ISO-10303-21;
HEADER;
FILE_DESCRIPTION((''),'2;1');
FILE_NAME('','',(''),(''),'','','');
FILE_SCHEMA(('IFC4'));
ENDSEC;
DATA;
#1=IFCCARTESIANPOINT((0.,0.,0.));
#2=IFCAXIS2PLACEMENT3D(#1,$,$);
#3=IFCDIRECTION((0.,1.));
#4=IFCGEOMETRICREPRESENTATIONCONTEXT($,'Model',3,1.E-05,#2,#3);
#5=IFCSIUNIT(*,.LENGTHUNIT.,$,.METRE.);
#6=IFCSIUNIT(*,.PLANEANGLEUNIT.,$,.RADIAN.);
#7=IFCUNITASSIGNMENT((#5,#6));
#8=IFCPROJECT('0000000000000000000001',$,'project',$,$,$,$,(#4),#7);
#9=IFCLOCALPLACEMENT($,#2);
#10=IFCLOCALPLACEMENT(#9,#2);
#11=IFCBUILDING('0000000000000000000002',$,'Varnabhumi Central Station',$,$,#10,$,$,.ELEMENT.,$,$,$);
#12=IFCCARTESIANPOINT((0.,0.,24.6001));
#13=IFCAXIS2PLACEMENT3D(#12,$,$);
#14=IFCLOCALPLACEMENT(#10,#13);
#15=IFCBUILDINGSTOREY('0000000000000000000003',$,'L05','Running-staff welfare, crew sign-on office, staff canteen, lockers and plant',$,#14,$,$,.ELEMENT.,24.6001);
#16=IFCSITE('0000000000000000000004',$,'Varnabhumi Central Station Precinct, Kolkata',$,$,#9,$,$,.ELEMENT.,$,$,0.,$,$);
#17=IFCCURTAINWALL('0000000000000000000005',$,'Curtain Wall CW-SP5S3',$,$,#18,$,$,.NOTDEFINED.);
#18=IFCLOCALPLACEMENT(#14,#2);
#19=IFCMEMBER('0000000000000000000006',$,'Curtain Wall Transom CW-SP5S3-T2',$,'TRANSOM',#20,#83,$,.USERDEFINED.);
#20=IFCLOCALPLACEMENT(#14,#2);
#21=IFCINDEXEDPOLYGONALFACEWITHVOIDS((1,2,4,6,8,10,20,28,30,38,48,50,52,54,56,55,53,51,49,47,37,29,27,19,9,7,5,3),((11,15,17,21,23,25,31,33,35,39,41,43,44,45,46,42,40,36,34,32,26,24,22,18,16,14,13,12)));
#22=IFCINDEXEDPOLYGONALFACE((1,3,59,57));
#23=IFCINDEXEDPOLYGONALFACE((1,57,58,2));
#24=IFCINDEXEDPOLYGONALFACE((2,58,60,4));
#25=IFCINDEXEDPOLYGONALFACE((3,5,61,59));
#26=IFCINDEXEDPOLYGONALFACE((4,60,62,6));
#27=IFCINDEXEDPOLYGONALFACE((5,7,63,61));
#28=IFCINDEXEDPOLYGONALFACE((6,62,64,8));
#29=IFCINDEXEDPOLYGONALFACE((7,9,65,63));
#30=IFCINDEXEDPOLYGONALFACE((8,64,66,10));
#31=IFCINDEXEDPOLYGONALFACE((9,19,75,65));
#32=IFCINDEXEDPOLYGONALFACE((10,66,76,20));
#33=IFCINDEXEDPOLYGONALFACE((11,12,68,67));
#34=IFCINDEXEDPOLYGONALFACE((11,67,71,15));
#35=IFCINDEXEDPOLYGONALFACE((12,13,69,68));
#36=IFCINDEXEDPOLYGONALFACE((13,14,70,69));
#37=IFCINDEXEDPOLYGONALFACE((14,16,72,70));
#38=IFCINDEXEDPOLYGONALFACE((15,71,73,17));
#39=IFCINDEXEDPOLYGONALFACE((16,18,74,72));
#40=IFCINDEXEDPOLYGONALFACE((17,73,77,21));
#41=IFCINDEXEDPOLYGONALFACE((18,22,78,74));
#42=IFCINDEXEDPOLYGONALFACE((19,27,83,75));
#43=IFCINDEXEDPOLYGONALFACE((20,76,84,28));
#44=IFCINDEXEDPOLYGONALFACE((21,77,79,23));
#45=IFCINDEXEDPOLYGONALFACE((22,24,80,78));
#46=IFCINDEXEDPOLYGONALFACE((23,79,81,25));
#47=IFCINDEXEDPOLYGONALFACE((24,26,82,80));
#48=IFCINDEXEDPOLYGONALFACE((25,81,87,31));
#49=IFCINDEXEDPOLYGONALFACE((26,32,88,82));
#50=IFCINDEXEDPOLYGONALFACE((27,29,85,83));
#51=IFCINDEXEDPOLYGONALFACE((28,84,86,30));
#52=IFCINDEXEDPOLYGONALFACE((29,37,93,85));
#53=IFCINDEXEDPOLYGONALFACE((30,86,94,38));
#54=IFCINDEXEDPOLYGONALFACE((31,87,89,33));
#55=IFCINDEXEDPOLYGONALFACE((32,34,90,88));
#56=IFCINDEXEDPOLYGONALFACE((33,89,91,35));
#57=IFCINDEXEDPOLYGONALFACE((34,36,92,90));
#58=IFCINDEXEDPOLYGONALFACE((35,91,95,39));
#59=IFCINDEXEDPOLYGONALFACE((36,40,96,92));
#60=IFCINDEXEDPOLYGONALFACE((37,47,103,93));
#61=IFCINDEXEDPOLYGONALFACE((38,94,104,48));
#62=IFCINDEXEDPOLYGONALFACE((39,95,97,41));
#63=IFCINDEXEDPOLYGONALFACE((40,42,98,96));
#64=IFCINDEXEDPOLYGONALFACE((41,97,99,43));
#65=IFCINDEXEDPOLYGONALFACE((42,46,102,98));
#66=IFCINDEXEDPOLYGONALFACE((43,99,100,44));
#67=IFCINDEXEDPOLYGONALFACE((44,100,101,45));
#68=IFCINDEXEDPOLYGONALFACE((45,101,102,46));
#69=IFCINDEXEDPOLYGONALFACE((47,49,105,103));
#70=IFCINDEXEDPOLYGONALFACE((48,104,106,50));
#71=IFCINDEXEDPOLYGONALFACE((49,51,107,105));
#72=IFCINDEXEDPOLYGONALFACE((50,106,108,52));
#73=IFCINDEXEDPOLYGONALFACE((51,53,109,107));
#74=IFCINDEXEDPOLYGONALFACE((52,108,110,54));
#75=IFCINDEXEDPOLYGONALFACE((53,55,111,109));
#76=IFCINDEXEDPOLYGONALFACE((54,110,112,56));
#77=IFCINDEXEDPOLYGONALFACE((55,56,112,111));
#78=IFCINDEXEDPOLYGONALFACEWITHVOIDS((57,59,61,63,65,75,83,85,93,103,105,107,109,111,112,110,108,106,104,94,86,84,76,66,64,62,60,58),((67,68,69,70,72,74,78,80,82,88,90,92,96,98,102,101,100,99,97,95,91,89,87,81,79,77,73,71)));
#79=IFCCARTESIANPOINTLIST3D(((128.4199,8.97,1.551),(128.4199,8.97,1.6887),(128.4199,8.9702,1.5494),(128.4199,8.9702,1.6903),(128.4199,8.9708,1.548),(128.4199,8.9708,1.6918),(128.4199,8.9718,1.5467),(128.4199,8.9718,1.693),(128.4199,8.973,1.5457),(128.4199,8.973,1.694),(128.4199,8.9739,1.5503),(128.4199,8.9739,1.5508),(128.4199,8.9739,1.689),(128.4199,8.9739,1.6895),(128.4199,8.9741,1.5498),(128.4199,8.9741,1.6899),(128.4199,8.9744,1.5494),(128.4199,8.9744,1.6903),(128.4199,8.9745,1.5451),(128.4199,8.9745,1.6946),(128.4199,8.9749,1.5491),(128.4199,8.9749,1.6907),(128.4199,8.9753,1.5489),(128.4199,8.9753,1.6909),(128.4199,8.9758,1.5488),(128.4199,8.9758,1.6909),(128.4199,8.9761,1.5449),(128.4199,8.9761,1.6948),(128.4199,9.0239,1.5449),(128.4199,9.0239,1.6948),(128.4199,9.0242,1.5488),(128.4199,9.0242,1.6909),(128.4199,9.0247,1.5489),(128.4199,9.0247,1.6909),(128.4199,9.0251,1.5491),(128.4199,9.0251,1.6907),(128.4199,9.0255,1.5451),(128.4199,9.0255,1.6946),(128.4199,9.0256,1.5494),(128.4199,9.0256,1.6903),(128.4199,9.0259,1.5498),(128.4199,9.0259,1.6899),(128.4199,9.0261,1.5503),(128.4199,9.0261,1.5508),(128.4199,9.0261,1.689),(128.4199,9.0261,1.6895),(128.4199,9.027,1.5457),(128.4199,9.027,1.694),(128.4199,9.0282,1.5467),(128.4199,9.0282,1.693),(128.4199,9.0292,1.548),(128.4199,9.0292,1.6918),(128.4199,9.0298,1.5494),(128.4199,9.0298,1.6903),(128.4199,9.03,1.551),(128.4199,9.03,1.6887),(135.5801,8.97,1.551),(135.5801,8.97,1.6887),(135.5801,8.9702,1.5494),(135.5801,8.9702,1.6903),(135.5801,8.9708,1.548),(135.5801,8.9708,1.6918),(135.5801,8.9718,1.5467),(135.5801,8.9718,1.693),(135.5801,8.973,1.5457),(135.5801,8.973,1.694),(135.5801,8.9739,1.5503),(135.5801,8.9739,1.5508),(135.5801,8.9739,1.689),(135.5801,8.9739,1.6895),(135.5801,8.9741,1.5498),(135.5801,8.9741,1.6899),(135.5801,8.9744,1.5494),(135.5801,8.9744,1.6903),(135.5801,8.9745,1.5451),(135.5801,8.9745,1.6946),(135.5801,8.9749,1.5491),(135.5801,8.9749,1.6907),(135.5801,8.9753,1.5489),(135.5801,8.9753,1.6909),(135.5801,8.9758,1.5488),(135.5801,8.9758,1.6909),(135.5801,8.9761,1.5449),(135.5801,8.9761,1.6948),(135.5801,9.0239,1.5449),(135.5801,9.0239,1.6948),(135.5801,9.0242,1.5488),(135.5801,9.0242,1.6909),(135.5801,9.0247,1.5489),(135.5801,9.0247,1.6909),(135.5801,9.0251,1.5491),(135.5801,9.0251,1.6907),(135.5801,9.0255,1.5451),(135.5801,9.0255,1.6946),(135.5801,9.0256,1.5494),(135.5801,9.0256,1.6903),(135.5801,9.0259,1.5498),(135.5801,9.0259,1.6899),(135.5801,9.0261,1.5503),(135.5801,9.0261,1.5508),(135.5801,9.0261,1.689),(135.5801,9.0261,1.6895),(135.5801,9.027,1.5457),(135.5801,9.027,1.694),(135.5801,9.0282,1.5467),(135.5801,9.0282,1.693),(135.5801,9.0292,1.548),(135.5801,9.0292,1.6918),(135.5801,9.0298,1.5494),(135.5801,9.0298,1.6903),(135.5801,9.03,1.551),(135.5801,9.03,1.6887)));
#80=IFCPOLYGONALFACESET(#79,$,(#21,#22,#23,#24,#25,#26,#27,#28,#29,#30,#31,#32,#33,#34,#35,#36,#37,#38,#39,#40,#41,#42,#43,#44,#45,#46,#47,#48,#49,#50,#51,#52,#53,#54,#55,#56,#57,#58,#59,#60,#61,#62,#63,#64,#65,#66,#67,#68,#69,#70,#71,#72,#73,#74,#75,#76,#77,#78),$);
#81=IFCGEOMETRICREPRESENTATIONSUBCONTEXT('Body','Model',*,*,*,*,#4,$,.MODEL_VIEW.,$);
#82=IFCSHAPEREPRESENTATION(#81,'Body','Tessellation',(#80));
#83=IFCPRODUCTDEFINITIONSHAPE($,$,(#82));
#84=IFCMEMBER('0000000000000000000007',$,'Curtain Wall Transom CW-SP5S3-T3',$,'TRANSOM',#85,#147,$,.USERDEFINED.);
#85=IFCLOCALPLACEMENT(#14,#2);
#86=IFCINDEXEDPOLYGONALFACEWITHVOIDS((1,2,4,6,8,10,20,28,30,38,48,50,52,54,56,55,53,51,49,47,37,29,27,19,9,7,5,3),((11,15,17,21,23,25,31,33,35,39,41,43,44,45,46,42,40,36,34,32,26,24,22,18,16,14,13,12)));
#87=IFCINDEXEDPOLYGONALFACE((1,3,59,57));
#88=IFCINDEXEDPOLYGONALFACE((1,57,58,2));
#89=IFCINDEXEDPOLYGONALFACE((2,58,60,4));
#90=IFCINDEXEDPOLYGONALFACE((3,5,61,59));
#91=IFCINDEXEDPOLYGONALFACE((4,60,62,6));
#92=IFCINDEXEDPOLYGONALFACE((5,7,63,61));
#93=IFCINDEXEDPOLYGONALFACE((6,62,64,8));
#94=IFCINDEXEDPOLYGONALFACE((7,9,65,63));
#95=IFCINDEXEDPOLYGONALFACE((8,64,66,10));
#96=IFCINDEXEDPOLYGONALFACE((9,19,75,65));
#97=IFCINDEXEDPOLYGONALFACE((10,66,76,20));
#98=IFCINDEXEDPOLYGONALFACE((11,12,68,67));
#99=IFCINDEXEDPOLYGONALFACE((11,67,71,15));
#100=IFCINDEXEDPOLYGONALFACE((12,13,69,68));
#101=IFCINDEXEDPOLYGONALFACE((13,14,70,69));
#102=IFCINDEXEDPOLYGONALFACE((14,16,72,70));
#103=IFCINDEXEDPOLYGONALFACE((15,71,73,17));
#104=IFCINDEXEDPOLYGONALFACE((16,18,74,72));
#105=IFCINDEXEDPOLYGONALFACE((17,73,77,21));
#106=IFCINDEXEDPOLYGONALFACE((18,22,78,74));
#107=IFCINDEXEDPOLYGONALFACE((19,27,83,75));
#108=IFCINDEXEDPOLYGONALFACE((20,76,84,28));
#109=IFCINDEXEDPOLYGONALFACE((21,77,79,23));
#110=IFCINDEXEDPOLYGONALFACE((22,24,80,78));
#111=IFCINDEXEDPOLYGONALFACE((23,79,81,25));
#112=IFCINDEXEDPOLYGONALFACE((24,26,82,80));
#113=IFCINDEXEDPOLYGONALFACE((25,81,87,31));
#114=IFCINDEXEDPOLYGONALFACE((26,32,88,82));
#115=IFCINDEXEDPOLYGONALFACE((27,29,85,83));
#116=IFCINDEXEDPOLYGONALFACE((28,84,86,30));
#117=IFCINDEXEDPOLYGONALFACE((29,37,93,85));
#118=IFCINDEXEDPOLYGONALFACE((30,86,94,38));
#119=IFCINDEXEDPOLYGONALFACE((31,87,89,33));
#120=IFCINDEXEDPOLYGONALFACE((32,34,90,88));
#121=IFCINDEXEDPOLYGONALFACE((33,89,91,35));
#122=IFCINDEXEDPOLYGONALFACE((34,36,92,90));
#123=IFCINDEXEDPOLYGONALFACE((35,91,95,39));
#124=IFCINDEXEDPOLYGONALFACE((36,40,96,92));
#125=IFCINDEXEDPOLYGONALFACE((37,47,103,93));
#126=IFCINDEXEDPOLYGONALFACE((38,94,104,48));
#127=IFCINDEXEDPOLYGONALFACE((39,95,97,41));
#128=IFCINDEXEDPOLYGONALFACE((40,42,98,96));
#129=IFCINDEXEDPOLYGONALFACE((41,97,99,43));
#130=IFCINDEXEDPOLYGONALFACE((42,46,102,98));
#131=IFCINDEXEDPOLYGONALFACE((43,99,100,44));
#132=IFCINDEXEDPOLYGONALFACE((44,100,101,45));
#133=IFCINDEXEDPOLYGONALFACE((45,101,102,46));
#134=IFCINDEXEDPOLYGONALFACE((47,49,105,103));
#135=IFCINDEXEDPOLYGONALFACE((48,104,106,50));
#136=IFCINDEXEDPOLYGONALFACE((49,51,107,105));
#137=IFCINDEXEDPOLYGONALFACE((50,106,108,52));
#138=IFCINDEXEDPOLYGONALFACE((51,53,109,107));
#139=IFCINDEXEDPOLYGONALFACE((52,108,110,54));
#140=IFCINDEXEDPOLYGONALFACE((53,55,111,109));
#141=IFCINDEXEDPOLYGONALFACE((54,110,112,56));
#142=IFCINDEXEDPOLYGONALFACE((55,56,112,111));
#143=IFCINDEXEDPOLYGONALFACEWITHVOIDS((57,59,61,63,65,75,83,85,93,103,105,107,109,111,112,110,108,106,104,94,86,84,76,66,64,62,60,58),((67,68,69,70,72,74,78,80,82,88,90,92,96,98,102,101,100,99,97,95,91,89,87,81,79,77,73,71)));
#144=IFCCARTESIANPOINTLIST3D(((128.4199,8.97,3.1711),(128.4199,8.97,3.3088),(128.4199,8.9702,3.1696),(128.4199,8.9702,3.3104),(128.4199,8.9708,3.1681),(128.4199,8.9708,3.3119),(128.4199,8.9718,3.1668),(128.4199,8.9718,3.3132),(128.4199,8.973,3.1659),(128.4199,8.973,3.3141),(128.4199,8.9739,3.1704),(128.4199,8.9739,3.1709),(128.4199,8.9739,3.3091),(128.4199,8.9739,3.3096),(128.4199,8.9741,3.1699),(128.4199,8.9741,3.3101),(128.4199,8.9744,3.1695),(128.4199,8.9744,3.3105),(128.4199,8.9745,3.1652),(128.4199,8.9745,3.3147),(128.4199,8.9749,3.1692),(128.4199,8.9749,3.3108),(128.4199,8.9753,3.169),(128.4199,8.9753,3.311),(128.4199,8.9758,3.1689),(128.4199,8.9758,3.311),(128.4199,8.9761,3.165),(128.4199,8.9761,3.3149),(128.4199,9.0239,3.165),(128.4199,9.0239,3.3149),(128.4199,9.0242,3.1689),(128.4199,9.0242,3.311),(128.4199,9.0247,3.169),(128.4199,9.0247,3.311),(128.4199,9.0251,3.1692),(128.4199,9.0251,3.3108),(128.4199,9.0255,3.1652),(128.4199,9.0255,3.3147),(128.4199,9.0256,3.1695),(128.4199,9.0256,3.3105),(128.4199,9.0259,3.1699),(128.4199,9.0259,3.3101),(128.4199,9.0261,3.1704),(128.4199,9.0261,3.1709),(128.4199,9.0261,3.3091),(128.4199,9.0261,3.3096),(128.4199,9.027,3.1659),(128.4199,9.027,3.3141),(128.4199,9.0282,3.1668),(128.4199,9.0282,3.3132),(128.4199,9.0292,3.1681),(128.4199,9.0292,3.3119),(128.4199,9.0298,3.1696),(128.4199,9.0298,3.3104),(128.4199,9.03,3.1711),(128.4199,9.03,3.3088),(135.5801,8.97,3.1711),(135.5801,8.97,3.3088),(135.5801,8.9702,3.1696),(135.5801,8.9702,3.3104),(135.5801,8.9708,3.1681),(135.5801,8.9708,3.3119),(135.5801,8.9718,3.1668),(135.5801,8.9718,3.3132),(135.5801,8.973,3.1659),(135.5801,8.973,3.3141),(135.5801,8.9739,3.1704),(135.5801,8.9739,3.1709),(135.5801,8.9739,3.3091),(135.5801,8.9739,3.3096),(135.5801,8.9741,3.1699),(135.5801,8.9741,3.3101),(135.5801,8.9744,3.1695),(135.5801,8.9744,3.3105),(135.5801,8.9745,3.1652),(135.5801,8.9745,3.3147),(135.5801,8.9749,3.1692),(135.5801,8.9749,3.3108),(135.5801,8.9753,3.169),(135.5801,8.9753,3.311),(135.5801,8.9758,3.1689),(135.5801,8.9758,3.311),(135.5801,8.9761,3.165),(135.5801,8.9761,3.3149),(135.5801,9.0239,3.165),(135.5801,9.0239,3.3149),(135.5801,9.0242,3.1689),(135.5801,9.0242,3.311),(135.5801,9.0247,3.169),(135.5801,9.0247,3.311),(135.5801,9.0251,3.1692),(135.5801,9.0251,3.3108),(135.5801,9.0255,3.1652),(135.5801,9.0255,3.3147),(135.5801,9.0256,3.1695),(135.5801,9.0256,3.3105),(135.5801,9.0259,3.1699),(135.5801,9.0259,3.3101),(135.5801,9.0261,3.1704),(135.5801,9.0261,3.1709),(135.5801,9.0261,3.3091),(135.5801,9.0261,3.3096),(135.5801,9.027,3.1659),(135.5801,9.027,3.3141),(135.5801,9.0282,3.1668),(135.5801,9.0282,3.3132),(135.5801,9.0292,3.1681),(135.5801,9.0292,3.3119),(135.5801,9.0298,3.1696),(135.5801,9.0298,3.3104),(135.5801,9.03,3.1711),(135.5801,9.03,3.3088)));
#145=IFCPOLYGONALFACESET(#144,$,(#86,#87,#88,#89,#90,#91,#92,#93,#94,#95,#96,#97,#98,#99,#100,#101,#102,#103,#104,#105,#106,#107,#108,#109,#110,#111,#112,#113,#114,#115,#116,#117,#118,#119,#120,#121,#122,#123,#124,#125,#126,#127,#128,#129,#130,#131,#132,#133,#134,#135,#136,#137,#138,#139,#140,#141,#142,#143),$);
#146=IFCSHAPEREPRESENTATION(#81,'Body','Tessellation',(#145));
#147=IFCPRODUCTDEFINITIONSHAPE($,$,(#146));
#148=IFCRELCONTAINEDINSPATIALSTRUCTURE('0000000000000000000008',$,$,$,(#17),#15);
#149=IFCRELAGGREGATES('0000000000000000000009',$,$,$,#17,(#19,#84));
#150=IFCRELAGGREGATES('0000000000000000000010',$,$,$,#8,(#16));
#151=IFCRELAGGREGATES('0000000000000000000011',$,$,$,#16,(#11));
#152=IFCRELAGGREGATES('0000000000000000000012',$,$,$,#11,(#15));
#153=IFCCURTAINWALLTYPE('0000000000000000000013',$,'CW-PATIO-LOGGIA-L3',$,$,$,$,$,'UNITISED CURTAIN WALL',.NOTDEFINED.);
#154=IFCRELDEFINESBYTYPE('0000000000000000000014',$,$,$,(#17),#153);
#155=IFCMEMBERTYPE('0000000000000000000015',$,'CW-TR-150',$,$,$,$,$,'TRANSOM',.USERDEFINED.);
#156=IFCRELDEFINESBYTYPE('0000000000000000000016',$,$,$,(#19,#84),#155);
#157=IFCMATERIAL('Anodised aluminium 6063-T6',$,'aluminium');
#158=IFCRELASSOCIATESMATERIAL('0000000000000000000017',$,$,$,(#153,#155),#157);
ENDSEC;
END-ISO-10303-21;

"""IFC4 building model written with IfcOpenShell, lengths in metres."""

from ifc_helpers import new_model, si_unit, direction, frame, origin, origin_2d, place, context, subcontext, project, spatial, hollow_rectangle, extrude, material, material_profile, profile_set, type_object, element, aggregate, save


model = new_model("IFC4")

# Units and contexts
model_context = context("Model", 3, precision=1e-05, world=origin(), true_north=direction((0.0, 1.0)))
body_context = subcontext(model_context, "Body", "Model", "MODEL_VIEW")
ifc_project = project(units=[si_unit("LENGTHUNIT", "METRE"), si_unit("PLANEANGLEUNIT", "RADIAN")], contexts=[model_context])

# Site, building, storey
site_placement = place(None, origin())
site = spatial("IfcSite", under=ifc_project, at=site_placement, Name="Varnabhumi Central Station Precinct, Kolkata", CompositionType="ELEMENT", RefElevation=0.0)
building_placement = place(site_placement, origin())
building = spatial("IfcBuilding", under=site, at=building_placement, Name="Varnabhumi Central Station", CompositionType="ELEMENT")
storey_placement = place(building_placement, frame((0.0, 0.0, 24.6001)))
storey = spatial("IfcBuildingStorey", under=building, at=storey_placement, Name="L05", Description="Running-staff welfare, crew sign-on office, staff canteen, lockers and plant", CompositionType="ELEMENT", Elevation=24.6001)

# Curtain wall, members
ifc_material_1 = material(Name="Anodised aluminium 6063-T6", Category="aluminium")
curtain_wall_type = type_object("IfcCurtainWallType", Name="CW-PATIO-LOGGIA-L3", ElementType="UNITISED CURTAIN WALL", PredefinedType="NOTDEFINED", material=ifc_material_1)
curtain_wall_placement = place(storey_placement, origin())
curtain_wall = element("IfcCurtainWall", 1, at=curtain_wall_placement, inside=storey, type_object=curtain_wall_type, Name="Curtain Wall CW-SP5S3", PredefinedType="NOTDEFINED")
ifc_material_profile_1 = material_profile(ifc_material_1, hollow_rectangle(XDim=0.0601, YDim=0.1499, WallThickness=0.0039, InnerFilletRadius=0.002, OuterFilletRadius=0.0061, at=origin_2d()), Name="Anodised aluminium 6063-T6", Category="aluminium")
ifc_profile_set_1 = profile_set([ifc_material_profile_1], Name="Anodised aluminium 6063-T6")
member_type_1 = type_object("IfcMemberType", Name="CW-TR-150", ElementType="TRANSOM", PredefinedType="USERDEFINED", material=ifc_profile_set_1)
member_1_placement = place(storey_placement, frame((128.4199, 9.0, 1.6199), z_axis=(1.0, 0.0, 0.0), x_axis=(0.0, 1.0, 0.0)))
member_1 = element("IfcMember", 2, at=member_1_placement, type_object=member_type_1, Name="Curtain Wall Transom CW-SP5S3-T2", ObjectType="TRANSOM", PredefinedType="USERDEFINED", context=body_context, shape_type="SweptSolid", body=[
    extrude(hollow_rectangle(XDim=0.0601, YDim=0.1499, WallThickness=0.0039, InnerFilletRadius=0.002, OuterFilletRadius=0.0061, at=origin_2d()), origin(), (0.0, 0.0, 1.0), 7.1602),
])
member_2_placement = place(storey_placement, frame((128.4199, 9.0, 3.24), z_axis=(1.0, 0.0, 0.0), x_axis=(0.0, 1.0, 0.0)))
member_2 = element("IfcMember", 3, at=member_2_placement, type_object=member_type_1, Name="Curtain Wall Transom CW-SP5S3-T3", ObjectType="TRANSOM", PredefinedType="USERDEFINED", context=body_context, shape_type="SweptSolid", body=[
    extrude(hollow_rectangle(XDim=0.0601, YDim=0.1499, WallThickness=0.0039, InnerFilletRadius=0.002, OuterFilletRadius=0.0061, at=origin_2d()), origin(), (0.0, 0.0, 1.0), 7.1602),
])

aggregate(curtain_wall, [member_1, member_2])

save(model, "model.ifc")
